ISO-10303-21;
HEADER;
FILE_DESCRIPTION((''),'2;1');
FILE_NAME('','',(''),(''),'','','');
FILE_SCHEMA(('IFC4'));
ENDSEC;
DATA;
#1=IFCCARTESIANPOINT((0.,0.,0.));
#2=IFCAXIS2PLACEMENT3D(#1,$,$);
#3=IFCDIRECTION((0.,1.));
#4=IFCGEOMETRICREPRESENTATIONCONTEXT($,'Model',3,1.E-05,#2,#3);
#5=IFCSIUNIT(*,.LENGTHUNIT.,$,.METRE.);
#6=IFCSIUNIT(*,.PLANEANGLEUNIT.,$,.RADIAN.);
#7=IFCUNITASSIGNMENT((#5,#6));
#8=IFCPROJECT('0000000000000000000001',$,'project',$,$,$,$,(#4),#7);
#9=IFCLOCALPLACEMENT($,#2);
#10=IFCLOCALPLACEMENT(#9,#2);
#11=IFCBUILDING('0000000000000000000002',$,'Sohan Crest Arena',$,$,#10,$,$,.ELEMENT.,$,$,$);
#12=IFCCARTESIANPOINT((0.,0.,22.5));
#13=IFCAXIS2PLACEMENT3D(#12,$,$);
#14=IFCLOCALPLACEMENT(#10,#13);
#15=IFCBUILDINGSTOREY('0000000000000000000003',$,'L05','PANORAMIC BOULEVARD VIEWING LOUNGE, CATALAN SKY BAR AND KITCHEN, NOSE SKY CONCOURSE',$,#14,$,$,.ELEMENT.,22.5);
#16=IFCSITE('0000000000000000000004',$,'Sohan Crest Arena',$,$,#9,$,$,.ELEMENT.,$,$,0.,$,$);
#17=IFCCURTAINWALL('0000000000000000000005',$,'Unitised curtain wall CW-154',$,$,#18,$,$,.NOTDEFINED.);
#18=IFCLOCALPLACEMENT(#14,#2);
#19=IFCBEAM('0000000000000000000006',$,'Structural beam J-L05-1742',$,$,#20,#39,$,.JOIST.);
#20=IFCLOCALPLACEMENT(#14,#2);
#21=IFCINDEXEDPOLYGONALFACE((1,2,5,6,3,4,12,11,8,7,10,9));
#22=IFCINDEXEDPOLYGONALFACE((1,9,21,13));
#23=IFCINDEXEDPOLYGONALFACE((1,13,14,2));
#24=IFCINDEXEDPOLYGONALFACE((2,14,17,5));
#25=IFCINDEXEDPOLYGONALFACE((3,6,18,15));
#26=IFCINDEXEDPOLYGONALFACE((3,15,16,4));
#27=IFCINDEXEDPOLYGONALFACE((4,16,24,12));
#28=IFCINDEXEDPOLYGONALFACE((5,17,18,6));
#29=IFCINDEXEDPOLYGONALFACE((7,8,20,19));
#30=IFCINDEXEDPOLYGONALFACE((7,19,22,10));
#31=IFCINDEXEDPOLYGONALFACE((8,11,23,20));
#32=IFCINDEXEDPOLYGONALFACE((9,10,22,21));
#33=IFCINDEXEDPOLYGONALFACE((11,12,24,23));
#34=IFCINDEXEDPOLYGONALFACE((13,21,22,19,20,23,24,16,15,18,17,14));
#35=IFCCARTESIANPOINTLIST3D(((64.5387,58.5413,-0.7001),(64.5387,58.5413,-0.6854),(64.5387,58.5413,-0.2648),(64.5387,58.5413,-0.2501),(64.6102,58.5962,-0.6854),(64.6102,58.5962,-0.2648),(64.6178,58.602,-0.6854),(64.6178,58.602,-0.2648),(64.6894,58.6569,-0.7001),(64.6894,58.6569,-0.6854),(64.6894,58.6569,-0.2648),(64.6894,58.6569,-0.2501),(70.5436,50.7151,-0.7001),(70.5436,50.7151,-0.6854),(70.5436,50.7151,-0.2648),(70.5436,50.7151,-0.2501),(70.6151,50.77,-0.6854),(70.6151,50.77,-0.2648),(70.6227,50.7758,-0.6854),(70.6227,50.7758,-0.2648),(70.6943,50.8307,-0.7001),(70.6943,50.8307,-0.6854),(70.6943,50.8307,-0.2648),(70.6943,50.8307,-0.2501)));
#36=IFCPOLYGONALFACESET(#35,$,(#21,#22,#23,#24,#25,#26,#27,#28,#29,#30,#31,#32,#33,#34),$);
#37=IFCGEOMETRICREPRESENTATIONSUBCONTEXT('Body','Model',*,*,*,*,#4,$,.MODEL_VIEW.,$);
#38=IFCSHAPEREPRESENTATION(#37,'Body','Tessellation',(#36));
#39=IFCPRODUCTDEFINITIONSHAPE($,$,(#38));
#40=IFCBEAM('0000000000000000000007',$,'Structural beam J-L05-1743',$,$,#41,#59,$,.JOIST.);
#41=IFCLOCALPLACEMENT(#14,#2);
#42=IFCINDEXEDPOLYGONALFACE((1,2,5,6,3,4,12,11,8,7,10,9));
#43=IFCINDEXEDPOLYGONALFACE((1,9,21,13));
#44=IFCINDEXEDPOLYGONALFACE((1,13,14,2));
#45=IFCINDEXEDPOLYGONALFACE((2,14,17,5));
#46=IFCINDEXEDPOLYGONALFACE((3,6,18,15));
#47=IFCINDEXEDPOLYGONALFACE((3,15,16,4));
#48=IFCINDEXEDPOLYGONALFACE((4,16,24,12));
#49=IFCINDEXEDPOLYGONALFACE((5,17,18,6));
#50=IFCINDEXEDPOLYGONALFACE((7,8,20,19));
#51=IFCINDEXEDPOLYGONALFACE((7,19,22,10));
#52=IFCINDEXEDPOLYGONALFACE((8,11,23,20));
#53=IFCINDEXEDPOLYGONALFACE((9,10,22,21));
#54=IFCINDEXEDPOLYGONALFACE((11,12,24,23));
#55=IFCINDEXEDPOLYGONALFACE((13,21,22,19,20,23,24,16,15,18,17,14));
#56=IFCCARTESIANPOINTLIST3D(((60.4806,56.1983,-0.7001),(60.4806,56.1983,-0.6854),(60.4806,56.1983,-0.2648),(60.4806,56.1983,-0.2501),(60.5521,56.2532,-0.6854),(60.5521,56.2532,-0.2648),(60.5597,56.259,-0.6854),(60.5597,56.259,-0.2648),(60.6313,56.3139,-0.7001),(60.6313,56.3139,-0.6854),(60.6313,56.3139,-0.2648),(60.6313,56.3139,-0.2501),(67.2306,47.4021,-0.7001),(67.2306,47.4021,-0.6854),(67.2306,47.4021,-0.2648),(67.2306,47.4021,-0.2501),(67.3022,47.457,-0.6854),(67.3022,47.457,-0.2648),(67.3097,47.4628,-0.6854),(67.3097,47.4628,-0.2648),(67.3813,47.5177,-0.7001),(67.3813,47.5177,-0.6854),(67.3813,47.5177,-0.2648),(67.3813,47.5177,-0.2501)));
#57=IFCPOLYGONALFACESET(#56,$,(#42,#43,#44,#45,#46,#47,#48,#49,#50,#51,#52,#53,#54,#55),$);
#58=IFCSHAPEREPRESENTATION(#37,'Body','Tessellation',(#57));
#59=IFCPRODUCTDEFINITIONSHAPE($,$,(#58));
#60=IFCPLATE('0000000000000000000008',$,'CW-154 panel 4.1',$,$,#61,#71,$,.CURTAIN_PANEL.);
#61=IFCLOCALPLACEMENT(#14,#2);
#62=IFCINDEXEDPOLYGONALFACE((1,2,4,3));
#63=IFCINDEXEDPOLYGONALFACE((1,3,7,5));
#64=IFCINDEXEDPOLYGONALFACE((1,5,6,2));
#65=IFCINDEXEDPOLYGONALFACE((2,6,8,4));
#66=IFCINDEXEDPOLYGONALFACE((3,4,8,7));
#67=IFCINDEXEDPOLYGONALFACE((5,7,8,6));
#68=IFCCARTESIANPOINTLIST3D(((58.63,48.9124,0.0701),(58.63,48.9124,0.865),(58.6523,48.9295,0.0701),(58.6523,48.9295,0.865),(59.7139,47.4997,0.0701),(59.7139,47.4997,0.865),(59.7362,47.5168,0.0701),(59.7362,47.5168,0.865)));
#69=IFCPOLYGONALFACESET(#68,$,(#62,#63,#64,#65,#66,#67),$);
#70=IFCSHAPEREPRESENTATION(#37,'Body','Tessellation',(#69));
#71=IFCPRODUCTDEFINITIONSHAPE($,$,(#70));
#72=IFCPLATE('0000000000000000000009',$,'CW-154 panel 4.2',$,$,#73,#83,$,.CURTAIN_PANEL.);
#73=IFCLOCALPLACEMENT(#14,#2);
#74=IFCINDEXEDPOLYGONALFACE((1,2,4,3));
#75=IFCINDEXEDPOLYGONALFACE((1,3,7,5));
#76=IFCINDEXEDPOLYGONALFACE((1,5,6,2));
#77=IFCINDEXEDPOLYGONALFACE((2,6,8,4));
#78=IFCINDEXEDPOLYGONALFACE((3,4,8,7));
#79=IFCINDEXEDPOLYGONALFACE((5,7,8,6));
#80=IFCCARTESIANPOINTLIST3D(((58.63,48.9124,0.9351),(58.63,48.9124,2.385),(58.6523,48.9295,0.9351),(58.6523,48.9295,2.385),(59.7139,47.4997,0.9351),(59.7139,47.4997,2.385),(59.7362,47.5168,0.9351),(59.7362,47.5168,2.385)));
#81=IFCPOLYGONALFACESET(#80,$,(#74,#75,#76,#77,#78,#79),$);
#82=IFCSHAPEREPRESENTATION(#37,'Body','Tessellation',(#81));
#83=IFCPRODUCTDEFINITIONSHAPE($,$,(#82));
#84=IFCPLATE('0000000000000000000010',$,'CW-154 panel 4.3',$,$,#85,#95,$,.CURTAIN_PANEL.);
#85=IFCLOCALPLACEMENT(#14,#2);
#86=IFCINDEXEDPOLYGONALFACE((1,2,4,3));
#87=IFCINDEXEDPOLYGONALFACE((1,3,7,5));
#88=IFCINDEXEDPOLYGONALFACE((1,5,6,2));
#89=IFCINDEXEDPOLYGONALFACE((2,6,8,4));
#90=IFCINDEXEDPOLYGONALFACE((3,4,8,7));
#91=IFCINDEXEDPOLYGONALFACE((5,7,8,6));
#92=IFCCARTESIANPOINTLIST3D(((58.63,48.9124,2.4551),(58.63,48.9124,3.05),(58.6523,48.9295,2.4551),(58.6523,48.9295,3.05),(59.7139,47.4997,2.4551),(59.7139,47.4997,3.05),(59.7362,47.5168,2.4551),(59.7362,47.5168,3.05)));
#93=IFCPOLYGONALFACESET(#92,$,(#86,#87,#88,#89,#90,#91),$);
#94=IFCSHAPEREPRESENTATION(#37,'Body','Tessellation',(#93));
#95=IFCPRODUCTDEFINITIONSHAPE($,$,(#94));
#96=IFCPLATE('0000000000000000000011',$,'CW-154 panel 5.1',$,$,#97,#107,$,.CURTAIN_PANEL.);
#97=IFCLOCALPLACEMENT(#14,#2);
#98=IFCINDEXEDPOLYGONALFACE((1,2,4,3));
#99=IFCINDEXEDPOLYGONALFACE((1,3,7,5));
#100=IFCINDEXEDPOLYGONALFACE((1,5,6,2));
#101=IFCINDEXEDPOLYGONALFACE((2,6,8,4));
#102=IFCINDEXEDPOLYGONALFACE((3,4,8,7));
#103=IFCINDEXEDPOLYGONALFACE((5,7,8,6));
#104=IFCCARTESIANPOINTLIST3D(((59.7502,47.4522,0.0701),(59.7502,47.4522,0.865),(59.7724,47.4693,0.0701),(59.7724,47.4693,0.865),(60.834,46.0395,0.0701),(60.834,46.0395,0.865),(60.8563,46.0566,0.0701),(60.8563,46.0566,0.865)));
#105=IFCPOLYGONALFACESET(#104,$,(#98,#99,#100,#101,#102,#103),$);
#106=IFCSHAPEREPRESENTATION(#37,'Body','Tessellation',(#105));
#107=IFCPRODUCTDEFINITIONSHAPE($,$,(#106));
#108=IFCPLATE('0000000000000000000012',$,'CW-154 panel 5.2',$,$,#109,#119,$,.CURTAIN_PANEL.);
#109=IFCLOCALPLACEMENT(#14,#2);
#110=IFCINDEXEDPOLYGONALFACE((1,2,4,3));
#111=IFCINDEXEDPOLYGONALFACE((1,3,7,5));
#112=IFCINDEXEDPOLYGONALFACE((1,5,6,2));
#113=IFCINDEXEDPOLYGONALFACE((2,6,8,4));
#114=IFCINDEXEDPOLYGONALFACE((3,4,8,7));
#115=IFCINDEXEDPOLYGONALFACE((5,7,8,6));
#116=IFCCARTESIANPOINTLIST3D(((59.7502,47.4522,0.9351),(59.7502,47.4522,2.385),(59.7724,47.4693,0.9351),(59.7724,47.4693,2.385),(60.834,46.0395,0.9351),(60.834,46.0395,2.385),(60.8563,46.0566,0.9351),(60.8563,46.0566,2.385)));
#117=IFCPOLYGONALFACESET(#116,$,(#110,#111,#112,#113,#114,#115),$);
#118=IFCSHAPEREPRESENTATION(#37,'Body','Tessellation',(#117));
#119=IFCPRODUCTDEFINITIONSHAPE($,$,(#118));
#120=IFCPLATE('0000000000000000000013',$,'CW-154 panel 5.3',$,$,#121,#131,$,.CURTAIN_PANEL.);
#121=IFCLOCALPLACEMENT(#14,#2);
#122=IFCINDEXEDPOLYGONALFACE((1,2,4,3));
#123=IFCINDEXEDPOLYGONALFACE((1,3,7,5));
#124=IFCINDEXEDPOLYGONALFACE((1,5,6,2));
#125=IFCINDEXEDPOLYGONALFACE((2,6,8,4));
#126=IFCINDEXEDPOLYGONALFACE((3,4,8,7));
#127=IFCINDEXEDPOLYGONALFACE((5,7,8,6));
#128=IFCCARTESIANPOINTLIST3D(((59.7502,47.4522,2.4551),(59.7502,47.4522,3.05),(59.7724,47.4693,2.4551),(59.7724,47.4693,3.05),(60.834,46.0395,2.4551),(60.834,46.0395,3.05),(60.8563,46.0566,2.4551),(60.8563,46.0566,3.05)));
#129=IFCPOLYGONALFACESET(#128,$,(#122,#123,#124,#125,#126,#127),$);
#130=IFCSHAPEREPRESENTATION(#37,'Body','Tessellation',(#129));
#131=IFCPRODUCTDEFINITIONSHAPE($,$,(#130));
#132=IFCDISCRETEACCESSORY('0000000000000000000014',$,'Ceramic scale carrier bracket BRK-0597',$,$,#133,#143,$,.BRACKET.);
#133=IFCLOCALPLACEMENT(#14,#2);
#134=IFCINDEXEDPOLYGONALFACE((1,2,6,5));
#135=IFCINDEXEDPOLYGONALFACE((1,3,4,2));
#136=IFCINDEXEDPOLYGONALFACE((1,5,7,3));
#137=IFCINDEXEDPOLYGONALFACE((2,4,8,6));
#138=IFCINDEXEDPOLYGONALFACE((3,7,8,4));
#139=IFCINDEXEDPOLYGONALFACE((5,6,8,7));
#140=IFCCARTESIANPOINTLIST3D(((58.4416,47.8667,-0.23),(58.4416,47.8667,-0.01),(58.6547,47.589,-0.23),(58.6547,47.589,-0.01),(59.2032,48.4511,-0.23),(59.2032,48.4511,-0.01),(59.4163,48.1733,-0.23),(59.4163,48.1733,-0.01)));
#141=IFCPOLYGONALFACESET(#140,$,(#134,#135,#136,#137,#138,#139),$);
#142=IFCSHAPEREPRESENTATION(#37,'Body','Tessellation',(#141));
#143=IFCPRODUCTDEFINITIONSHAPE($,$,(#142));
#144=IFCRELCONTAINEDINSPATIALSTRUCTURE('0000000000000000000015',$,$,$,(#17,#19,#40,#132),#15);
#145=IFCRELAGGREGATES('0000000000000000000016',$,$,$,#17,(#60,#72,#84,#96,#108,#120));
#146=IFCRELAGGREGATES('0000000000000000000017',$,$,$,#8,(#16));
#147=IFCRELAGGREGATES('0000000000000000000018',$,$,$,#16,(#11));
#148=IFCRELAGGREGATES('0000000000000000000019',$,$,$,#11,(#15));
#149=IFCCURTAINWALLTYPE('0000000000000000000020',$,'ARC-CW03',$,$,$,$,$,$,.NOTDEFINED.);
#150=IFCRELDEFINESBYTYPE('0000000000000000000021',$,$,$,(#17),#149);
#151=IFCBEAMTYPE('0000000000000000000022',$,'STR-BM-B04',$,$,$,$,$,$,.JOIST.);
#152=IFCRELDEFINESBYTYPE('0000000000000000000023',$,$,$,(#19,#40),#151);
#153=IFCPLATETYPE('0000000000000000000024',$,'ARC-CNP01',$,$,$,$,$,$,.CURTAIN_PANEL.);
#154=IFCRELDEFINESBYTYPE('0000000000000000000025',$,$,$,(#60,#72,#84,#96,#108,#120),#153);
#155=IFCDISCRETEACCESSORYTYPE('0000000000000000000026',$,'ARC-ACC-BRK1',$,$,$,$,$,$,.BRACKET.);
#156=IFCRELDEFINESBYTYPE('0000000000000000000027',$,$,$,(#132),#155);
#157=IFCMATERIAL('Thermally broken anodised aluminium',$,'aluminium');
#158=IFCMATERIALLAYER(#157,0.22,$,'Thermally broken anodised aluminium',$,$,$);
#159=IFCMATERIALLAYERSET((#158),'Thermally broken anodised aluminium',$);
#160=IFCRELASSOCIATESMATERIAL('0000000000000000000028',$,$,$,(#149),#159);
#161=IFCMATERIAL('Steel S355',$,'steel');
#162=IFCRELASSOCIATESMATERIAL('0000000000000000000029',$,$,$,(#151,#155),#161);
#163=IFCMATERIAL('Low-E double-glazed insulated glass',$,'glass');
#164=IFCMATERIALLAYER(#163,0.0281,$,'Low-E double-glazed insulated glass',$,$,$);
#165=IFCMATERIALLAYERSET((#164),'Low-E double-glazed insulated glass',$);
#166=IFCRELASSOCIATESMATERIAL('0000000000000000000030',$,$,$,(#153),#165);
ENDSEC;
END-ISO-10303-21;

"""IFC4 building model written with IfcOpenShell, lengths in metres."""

from ifc_helpers import new_model, si_unit, direction, frame, origin, origin_2d, place, context, subcontext, project, spatial, rectangle, i_section, extrude, material, layer, layer_set, material_profile, profile_set, type_object, element, aggregate, save


model = new_model("IFC4")

# Units and contexts
model_context = context("Model", 3, precision=1e-05, world=origin(), true_north=direction((0.0, 1.0)))
body_context = subcontext(model_context, "Body", "Model", "MODEL_VIEW")
ifc_project = project(units=[si_unit("LENGTHUNIT", "METRE"), si_unit("PLANEANGLEUNIT", "RADIAN")], contexts=[model_context])

# Site, building, storey
site_placement = place(None, origin())
site = spatial("IfcSite", under=ifc_project, at=site_placement, Name="Sohan Crest Arena", CompositionType="ELEMENT", RefElevation=0.0)
building_placement = place(site_placement, origin())
building = spatial("IfcBuilding", under=site, at=building_placement, Name="Sohan Crest Arena", CompositionType="ELEMENT")
storey_placement = place(building_placement, frame((0.0, 0.0, 22.5)))
storey = spatial("IfcBuildingStorey", under=building, at=storey_placement, Name="L05", Description="PANORAMIC BOULEVARD VIEWING LOUNGE, CATALAN SKY BAR AND KITCHEN, NOSE SKY CONCOURSE", CompositionType="ELEMENT", Elevation=22.5)

# Shared definitions
ifc_material_1 = material(Name="Steel S355", Category="steel")

# Curtain wall
ifc_material_2 = material(Name="Thermally broken anodised aluminium", Category="aluminium")
ifc_layer_1 = layer(ifc_material_2, 0.22, Name="Thermally broken anodised aluminium")
ifc_layer_set_1 = layer_set([ifc_layer_1], Name="Thermally broken anodised aluminium")
curtain_wall_type = type_object("IfcCurtainWallType", Name="ARC-CW03", PredefinedType="NOTDEFINED", material=ifc_layer_set_1)
curtain_wall_placement = place(storey_placement, origin())
curtain_wall = element("IfcCurtainWall", 1, at=curtain_wall_placement, inside=storey, type_object=curtain_wall_type, Name="Unitised curtain wall CW-154", PredefinedType="NOTDEFINED")

# Beams
ifc_material_profile_1 = material_profile(ifc_material_1, i_section(OverallWidth=0.1899, OverallDepth=0.45, WebThickness=0.0095, FlangeThickness=0.0146, at=origin_2d()), Name="IPE 450")
ifc_profile_set_1 = profile_set([ifc_material_profile_1], Name="Steel S355")
beam_type = type_object("IfcBeamType", Name="STR-BM-B04", PredefinedType="JOIST", material=ifc_profile_set_1)
beam_1_placement = place(storey_placement, frame((64.614, 58.5991, -0.4751), z_axis=(0.608739, -0.79337, 0.0), x_axis=(0.79337, 0.608739, 0.0)))
element("IfcBeam", 2, at=beam_1_placement, inside=storey, type_object=beam_type, Name="Structural beam J-L05-1742", PredefinedType="JOIST", context=body_context, shape_type="SweptSolid", body=[
    extrude(i_section(OverallWidth=0.1899, OverallDepth=0.45, WebThickness=0.0095, FlangeThickness=0.0146, at=origin_2d()), origin(), (0.0, 0.0, 1.0), 9.8645),
])
beam_2_placement = place(storey_placement, frame((60.5559, 56.2561, -0.4751), z_axis=(0.608789, -0.793332, 0.0), x_axis=(0.793332, 0.608789, 0.0)))
element("IfcBeam", 3, at=beam_2_placement, inside=storey, type_object=beam_type, Name="Structural beam J-L05-1743", PredefinedType="JOIST", context=body_context, shape_type="SweptSolid", body=[
    extrude(i_section(OverallWidth=0.1899, OverallDepth=0.45, WebThickness=0.0095, FlangeThickness=0.0146, at=origin_2d()), origin(), (0.0, 0.0, 1.0), 11.0876),
])

# Plates
ifc_material_3 = material(Name="Low-E double-glazed insulated glass", Category="glass")
ifc_layer_2 = layer(ifc_material_3, 0.0281, Name="Low-E double-glazed insulated glass")
ifc_layer_set_2 = layer_set([ifc_layer_2], Name="Low-E double-glazed insulated glass")
plate_type = type_object("IfcPlateType", Name="ARC-CNP01", PredefinedType="CURTAIN_PANEL", material=ifc_layer_set_2)
plate_1_placement = place(storey_placement, frame((59.1831, 48.2146, 0.0701), z_axis=(0.0, 0.0, 1.0), x_axis=(0.60872, -0.793385, 0.0)))
plate_1 = element("IfcPlate", 4, at=plate_1_placement, type_object=plate_type, Name="CW-154 panel 4.1", PredefinedType="CURTAIN_PANEL", context=body_context, shape_type="SweptSolid", body=[
    extrude(rectangle(XDim=1.7805, YDim=0.0281, at=origin_2d()), origin(), (0.0, 0.0, 1.0), 0.7949),
])
plate_2_placement = place(storey_placement, frame((59.1831, 48.2146, 0.9351), z_axis=(0.0, 0.0, 1.0), x_axis=(0.60872, -0.793385, 0.0)))
plate_2 = element("IfcPlate", 5, at=plate_2_placement, type_object=plate_type, Name="CW-154 panel 4.2", PredefinedType="CURTAIN_PANEL", context=body_context, shape_type="SweptSolid", body=[
    extrude(rectangle(XDim=1.7805, YDim=0.0281, at=origin_2d()), origin(), (0.0, 0.0, 1.0), 1.45),
])
plate_3_placement = place(storey_placement, frame((59.1831, 48.2146, 2.4551), z_axis=(0.0, 0.0, 1.0), x_axis=(0.60872, -0.793385, 0.0)))
plate_3 = element("IfcPlate", 6, at=plate_3_placement, type_object=plate_type, Name="CW-154 panel 4.3", PredefinedType="CURTAIN_PANEL", context=body_context, shape_type="SweptSolid", body=[
    extrude(rectangle(XDim=1.7805, YDim=0.0281, at=origin_2d()), origin(), (0.0, 0.0, 1.0), 0.595),
])
plate_4_placement = place(storey_placement, frame((60.3032, 46.7544, 0.0701), z_axis=(0.0, 0.0, 1.0), x_axis=(0.60872, -0.793385, 0.0)))
plate_4 = element("IfcPlate", 7, at=plate_4_placement, type_object=plate_type, Name="CW-154 panel 5.1", PredefinedType="CURTAIN_PANEL", context=body_context, shape_type="SweptSolid", body=[
    extrude(rectangle(XDim=1.7805, YDim=0.0281, at=origin_2d()), origin(), (0.0, 0.0, 1.0), 0.7949),
])
plate_5_placement = place(storey_placement, frame((60.3032, 46.7544, 0.9351), z_axis=(0.0, 0.0, 1.0), x_axis=(0.60872, -0.793385, 0.0)))
plate_5 = element("IfcPlate", 8, at=plate_5_placement, type_object=plate_type, Name="CW-154 panel 5.2", PredefinedType="CURTAIN_PANEL", context=body_context, shape_type="SweptSolid", body=[
    extrude(rectangle(XDim=1.7805, YDim=0.0281, at=origin_2d()), origin(), (0.0, 0.0, 1.0), 1.45),
])
plate_6_placement = place(storey_placement, frame((60.3032, 46.7544, 2.4551), z_axis=(0.0, 0.0, 1.0), x_axis=(0.60872, -0.793385, 0.0)))
plate_6 = element("IfcPlate", 9, at=plate_6_placement, type_object=plate_type, Name="CW-154 panel 5.3", PredefinedType="CURTAIN_PANEL", context=body_context, shape_type="SweptSolid", body=[
    extrude(rectangle(XDim=1.7805, YDim=0.0281, at=origin_2d()), origin(), (0.0, 0.0, 1.0), 0.595),
])
aggregate(curtain_wall, [plate_1, plate_2, plate_3, plate_4, plate_5, plate_6])

# Discrete accessory
discrete_accessory_type = type_object("IfcDiscreteAccessoryType", Name="ARC-ACC-BRK1", PredefinedType="BRACKET", material=ifc_material_1)
discrete_accessory_placement = place(storey_placement, frame((58.929, 48.02, -0.23), z_axis=(0.0, 0.0, 1.0), x_axis=(0.608761, -0.793353, 0.0)))
element("IfcDiscreteAccessory", 10, at=discrete_accessory_placement, inside=storey, type_object=discrete_accessory_type, Name="Ceramic scale carrier bracket BRK-0597", PredefinedType="BRACKET", context=body_context, shape_type="SweptSolid", body=[
    extrude(rectangle(XDim=0.3501, YDim=0.96, at=origin_2d()), origin(), (0.0, 0.0, 1.0), 0.22),
])

save(model, "model.ifc")
